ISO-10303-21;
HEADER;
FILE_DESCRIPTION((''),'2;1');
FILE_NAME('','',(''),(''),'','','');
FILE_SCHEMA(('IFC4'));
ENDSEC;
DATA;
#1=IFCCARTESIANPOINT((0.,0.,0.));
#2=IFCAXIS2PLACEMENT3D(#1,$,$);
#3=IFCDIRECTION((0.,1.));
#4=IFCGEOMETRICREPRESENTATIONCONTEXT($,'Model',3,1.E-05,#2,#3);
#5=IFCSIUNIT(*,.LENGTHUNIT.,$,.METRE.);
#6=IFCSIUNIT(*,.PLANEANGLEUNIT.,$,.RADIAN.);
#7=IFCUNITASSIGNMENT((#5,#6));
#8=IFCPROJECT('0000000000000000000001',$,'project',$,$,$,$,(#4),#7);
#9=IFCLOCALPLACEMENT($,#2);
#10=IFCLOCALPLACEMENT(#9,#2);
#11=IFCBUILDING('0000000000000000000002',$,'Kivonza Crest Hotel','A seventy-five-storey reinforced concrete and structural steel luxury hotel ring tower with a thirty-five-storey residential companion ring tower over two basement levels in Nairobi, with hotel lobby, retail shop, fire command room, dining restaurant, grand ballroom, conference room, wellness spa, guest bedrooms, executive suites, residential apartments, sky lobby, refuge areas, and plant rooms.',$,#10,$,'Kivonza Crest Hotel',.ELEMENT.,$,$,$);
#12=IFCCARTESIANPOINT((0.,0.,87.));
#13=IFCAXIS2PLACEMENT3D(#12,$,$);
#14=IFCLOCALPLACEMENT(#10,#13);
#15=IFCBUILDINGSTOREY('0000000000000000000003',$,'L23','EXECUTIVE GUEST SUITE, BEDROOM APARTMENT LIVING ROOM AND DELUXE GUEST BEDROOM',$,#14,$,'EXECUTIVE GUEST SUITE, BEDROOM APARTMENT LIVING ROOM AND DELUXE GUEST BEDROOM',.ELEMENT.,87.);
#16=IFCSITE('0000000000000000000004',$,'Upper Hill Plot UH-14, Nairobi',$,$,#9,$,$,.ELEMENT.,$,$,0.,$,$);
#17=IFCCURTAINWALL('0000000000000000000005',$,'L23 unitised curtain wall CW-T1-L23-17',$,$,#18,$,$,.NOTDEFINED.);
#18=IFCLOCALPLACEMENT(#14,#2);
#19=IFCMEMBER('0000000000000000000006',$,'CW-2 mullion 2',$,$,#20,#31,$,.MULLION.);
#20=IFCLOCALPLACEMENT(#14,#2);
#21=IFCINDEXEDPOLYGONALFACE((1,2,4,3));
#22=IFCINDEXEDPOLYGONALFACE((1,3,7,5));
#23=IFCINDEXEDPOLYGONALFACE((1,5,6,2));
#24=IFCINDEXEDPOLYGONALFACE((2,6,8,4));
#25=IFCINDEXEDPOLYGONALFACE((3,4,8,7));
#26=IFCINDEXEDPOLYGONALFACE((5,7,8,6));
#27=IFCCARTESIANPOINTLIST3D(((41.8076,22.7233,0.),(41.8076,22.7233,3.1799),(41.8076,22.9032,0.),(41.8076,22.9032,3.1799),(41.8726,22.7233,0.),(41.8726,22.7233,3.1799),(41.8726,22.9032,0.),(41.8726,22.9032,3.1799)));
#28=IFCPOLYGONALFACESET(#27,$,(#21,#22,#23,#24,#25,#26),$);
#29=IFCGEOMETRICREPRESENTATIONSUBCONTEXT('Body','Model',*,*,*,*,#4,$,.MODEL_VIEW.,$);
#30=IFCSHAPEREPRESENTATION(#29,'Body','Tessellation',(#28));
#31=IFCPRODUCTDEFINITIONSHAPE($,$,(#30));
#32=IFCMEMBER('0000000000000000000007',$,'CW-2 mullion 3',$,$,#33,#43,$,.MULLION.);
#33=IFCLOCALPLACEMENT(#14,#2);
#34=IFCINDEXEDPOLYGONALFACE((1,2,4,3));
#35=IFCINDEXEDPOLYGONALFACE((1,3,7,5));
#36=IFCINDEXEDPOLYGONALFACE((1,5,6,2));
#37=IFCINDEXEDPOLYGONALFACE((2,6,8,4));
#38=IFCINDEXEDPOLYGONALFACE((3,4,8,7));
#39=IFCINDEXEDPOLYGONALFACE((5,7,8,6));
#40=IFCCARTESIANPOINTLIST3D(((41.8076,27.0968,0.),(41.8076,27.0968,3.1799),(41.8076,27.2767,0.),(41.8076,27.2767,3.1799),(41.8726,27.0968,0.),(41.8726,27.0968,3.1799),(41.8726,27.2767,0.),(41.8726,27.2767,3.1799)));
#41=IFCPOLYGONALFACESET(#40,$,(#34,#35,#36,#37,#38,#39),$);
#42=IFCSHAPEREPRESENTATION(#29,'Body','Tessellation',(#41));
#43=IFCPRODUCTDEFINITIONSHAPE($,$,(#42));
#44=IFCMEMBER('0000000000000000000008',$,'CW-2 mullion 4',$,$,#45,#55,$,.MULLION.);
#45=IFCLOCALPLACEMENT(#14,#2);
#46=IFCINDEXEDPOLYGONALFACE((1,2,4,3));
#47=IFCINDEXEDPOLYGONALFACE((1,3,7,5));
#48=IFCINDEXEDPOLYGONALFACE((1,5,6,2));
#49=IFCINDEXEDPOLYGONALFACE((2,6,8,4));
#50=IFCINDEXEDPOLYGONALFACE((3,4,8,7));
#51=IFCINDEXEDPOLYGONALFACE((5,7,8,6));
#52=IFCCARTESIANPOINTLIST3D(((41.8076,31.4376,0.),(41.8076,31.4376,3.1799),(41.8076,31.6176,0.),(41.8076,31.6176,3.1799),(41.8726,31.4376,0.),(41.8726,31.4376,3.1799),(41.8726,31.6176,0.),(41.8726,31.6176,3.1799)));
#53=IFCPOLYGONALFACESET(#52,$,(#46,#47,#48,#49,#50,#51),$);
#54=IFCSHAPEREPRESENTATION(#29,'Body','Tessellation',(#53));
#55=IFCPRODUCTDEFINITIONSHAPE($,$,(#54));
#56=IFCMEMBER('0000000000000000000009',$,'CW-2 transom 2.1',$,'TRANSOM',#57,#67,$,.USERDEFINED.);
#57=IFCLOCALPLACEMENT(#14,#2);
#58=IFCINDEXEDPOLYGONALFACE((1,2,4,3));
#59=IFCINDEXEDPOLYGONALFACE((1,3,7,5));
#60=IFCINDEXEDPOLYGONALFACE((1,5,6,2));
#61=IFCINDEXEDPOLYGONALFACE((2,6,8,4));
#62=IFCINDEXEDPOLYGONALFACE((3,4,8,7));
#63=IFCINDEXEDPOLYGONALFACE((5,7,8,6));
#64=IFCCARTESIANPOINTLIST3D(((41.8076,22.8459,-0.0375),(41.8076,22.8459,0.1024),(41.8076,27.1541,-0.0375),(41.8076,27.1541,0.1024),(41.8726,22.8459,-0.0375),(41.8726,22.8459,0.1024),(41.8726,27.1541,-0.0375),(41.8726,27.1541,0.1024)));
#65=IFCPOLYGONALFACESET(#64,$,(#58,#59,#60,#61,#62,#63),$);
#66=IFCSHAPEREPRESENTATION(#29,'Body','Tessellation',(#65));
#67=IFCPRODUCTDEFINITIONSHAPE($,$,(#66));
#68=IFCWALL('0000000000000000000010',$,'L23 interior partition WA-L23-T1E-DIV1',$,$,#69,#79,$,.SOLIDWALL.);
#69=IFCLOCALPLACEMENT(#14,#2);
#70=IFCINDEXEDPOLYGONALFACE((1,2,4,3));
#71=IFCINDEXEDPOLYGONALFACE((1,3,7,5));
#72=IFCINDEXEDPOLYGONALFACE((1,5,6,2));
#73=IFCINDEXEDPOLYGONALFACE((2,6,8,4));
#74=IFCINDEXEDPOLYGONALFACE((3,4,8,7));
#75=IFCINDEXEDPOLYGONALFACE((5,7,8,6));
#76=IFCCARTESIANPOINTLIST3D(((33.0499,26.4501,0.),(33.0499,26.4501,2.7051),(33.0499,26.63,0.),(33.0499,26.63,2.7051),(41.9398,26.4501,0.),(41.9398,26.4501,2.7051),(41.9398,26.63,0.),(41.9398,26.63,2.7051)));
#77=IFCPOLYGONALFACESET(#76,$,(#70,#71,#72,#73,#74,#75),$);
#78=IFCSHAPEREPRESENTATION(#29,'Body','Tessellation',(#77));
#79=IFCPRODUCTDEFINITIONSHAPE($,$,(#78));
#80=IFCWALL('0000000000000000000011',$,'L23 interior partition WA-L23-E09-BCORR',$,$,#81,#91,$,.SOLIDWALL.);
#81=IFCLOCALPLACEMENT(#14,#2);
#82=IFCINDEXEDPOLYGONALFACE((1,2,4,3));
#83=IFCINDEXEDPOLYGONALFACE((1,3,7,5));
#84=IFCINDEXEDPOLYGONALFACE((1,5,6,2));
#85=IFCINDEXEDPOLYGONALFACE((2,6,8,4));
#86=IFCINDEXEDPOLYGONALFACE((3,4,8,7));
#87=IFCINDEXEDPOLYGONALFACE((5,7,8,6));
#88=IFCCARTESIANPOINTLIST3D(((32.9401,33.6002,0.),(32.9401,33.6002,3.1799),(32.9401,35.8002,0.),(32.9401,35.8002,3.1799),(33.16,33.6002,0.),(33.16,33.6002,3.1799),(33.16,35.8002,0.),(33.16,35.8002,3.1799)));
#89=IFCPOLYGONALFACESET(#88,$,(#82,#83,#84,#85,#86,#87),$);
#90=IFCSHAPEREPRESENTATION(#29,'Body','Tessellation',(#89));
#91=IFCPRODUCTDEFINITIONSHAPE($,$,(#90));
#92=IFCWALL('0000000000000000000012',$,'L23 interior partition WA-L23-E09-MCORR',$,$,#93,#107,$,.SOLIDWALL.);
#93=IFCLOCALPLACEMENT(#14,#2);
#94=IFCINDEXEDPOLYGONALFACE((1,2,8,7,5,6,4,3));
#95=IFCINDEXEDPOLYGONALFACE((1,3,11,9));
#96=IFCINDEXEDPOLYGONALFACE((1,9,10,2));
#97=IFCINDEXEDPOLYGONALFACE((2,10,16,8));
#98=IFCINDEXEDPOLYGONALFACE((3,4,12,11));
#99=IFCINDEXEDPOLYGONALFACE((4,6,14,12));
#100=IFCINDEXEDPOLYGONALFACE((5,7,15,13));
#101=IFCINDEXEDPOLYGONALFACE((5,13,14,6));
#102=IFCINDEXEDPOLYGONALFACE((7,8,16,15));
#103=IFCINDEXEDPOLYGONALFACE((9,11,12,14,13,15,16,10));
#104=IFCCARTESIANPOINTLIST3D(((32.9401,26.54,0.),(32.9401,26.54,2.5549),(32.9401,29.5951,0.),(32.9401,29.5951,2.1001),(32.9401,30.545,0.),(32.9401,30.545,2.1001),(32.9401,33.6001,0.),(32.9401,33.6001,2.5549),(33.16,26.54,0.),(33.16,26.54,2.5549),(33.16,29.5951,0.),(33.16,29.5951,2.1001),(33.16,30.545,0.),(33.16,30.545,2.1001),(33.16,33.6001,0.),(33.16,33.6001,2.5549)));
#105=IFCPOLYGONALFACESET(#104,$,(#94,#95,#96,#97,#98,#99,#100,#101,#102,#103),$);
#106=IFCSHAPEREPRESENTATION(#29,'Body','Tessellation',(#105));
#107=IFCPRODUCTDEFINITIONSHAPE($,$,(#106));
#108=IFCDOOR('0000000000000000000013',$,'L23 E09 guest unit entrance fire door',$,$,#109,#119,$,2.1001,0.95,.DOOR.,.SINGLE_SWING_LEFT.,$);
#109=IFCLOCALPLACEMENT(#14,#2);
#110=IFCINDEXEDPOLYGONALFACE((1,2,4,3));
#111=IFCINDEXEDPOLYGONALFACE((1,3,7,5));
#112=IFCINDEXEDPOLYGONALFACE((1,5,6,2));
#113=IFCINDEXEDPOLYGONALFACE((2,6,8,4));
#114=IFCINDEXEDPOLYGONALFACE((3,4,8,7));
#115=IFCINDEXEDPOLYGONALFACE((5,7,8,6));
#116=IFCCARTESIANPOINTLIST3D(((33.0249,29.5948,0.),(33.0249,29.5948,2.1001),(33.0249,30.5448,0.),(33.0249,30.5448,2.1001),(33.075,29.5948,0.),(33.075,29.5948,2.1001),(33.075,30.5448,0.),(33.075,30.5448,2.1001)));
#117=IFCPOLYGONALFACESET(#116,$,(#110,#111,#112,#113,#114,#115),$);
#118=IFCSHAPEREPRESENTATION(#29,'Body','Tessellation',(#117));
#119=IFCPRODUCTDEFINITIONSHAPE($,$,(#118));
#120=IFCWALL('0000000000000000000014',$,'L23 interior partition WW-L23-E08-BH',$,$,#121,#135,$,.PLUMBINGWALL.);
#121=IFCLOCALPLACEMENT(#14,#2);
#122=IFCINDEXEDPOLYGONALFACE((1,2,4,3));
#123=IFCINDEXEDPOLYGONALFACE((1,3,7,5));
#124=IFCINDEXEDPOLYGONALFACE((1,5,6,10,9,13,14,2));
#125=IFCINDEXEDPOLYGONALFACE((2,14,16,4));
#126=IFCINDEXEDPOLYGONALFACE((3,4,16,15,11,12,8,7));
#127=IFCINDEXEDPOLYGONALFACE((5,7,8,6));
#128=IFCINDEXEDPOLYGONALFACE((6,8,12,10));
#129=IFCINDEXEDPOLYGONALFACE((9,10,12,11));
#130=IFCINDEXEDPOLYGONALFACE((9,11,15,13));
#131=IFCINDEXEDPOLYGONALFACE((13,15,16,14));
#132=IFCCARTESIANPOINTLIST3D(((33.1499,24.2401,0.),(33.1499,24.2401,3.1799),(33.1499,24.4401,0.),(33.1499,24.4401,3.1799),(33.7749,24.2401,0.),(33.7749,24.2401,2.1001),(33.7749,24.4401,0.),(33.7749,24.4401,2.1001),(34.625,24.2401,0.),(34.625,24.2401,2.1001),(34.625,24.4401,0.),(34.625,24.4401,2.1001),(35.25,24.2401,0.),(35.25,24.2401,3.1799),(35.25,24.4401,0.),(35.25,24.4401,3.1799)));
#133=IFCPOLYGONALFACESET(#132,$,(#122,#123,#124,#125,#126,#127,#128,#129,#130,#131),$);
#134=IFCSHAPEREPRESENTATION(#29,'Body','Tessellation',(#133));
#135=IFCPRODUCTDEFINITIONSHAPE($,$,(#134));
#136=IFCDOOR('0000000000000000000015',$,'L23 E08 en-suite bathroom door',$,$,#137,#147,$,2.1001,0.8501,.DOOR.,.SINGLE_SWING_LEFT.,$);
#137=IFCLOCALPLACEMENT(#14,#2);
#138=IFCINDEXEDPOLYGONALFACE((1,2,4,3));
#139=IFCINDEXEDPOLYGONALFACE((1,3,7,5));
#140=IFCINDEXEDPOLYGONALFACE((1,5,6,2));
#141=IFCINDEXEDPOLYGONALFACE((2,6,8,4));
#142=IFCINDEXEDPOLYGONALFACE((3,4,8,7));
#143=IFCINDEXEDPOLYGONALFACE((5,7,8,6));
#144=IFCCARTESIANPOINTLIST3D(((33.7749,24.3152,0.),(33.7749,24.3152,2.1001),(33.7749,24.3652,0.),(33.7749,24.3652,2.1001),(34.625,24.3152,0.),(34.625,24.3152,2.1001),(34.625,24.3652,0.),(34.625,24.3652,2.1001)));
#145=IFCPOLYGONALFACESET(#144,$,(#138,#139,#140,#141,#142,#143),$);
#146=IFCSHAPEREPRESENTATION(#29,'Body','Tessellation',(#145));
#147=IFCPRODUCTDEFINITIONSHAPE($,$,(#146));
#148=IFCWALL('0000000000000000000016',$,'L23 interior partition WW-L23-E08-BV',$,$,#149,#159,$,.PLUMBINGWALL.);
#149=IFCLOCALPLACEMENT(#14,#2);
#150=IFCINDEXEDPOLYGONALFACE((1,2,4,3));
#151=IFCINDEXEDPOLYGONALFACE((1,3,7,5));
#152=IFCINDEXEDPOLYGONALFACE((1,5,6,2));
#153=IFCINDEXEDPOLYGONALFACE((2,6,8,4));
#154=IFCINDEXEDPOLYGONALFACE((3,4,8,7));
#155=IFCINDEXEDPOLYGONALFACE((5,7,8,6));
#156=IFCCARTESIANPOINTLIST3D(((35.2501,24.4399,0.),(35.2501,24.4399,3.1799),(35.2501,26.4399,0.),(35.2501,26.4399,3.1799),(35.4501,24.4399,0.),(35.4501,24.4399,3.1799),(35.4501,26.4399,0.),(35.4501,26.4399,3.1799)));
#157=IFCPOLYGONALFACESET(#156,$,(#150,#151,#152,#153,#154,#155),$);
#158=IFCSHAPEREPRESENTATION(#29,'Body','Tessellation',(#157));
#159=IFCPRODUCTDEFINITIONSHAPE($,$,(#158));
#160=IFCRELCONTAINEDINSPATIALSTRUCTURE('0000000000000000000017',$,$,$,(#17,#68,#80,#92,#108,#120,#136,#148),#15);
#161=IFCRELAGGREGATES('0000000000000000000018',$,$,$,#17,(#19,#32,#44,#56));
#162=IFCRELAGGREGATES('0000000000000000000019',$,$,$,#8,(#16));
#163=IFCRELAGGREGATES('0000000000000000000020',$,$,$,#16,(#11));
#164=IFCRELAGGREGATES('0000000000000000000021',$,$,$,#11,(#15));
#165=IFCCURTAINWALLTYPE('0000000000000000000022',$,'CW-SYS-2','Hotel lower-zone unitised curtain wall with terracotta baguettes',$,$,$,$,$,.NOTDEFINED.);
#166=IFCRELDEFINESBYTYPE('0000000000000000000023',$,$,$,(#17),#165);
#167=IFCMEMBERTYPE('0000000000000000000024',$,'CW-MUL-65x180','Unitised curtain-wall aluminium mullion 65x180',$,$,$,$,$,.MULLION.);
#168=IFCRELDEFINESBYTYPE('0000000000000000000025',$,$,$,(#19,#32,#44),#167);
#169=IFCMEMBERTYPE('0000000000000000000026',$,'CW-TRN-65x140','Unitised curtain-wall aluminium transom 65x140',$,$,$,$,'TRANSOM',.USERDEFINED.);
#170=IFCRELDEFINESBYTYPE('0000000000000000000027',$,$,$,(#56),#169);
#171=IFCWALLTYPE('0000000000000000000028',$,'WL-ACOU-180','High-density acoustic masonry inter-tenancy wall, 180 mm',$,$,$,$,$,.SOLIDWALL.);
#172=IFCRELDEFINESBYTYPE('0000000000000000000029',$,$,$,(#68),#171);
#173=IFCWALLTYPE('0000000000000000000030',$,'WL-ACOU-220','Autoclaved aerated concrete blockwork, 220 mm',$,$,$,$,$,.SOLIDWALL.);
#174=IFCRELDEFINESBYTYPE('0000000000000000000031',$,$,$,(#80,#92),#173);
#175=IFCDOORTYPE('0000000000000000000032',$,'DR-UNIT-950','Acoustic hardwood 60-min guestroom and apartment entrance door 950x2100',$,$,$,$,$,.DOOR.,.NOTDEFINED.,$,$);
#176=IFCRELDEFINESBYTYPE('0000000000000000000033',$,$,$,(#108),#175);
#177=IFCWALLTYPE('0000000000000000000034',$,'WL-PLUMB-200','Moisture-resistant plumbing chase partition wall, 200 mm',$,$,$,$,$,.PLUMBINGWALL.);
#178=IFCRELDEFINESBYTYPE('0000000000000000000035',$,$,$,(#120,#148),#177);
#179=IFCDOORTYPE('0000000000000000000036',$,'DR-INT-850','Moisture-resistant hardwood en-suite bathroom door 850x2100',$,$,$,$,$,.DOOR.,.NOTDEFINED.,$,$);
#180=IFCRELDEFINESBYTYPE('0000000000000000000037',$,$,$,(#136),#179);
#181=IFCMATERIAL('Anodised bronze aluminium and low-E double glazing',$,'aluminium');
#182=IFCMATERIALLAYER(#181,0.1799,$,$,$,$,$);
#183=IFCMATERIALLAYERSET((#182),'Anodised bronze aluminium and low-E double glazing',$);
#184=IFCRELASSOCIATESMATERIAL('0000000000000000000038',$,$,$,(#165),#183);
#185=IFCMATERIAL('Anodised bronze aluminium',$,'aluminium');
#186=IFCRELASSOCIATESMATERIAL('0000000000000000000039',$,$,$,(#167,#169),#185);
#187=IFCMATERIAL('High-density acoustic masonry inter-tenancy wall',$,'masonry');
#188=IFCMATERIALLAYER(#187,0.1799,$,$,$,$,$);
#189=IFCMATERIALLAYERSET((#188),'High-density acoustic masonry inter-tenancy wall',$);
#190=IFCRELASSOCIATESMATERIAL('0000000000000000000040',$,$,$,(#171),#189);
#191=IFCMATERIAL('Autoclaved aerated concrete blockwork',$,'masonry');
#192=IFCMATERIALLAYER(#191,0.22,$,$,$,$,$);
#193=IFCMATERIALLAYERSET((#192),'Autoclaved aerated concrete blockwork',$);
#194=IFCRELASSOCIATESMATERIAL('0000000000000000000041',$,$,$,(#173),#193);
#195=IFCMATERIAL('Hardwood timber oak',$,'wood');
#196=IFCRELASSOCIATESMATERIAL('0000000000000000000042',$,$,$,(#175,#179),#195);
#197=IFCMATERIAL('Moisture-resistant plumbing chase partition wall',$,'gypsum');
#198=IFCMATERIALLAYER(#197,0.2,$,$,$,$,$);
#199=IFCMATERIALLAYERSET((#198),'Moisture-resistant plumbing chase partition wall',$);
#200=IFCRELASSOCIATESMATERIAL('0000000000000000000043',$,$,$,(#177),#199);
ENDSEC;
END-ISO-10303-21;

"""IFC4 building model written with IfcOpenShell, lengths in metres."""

from ifc_helpers import new_model, si_unit, direction, frame, frame_2d, origin, origin_2d, place, context, subcontext, project, spatial, rectangle, extrude, material, layer, layer_set, material_profile, profile_set, type_object, element, fill, aggregate, save


model = new_model("IFC4")

# Units and contexts
model_context = context("Model", 3, precision=1e-05, world=origin(), true_north=direction((0.0, 1.0)))
body_context = subcontext(model_context, "Body", "Model", "MODEL_VIEW")
ifc_project = project(units=[si_unit("LENGTHUNIT", "METRE"), si_unit("PLANEANGLEUNIT", "RADIAN")], contexts=[model_context])

# Site, building, storey
site_placement = place(None, origin())
site = spatial("IfcSite", under=ifc_project, at=site_placement, Name="Upper Hill Plot UH-14, Nairobi", CompositionType="ELEMENT", RefElevation=0.0)
building_placement = place(site_placement, origin())
building = spatial("IfcBuilding", under=site, at=building_placement, Name="Kivonza Crest Hotel", Description="A seventy-five-storey reinforced concrete and structural steel luxury hotel ring tower with a thirty-five-storey residential companion ring tower over two basement levels in Nairobi, with hotel lobby, retail shop, fire command room, dining restaurant, grand ballroom, conference room, wellness spa, guest bedrooms, executive suites, residential apartments, sky lobby, refuge areas, and plant rooms.", LongName="Kivonza Crest Hotel", CompositionType="ELEMENT")
storey_placement = place(building_placement, frame((0.0, 0.0, 87.0)))
storey = spatial("IfcBuildingStorey", under=building, at=storey_placement, Name="L23", Description="EXECUTIVE GUEST SUITE, BEDROOM APARTMENT LIVING ROOM AND DELUXE GUEST BEDROOM", LongName="EXECUTIVE GUEST SUITE, BEDROOM APARTMENT LIVING ROOM AND DELUXE GUEST BEDROOM", CompositionType="ELEMENT", Elevation=87.0)

# Curtain wall, members
ifc_material_1 = material(Name="Anodised bronze aluminium and low-E double glazing", Category="aluminium")
ifc_layer_1 = layer(ifc_material_1, 0.1799)
ifc_layer_set_1 = layer_set([ifc_layer_1], Name="Anodised bronze aluminium and low-E double glazing")
curtain_wall_type = type_object("IfcCurtainWallType", Name="CW-SYS-2", Description="Hotel lower-zone unitised curtain wall with terracotta baguettes", PredefinedType="NOTDEFINED", material=ifc_layer_set_1)
curtain_wall_placement = place(storey_placement, origin())
curtain_wall = element("IfcCurtainWall", 1, at=curtain_wall_placement, inside=storey, type_object=curtain_wall_type, Name="L23 unitised curtain wall CW-T1-L23-17", PredefinedType="NOTDEFINED")
ifc_material_2 = material(Name="Anodised bronze aluminium", Category="aluminium")
ifc_material_profile_1 = material_profile(ifc_material_2, rectangle(XDim=0.0649, YDim=0.1799, at=origin_2d()), Name="CW-M 65x180")
ifc_profile_set_1 = profile_set([ifc_material_profile_1], Name="Anodised bronze aluminium")
member_type_1 = type_object("IfcMemberType", Name="CW-MUL-65x180", Description="Unitised curtain-wall aluminium mullion 65x180", PredefinedType="MULLION", material=ifc_profile_set_1)
member_1_placement = place(storey_placement, frame((41.8401, 22.8132, 0.0), z_axis=(0.0, 0.0, 1.0), x_axis=(-1.0, 0.0, 0.0)))
member_1 = element("IfcMember", 2, at=member_1_placement, type_object=member_type_1, Name="CW-2 mullion 2", PredefinedType="MULLION", context=body_context, shape_type="SweptSolid", body=[
    extrude(rectangle(XDim=0.0649, YDim=0.1799, at=origin_2d()), origin(), (0.0, 0.0, 1.0), 3.1799),
])
member_2_placement = place(storey_placement, frame((41.8401, 27.1868, 0.0), z_axis=(0.0, 0.0, 1.0), x_axis=(-1.0, 0.0, 0.0)))
member_2 = element("IfcMember", 3, at=member_2_placement, type_object=member_type_1, Name="CW-2 mullion 3", PredefinedType="MULLION", context=body_context, shape_type="SweptSolid", body=[
    extrude(rectangle(XDim=0.0649, YDim=0.1799, at=origin_2d()), origin(), (0.0, 0.0, 1.0), 3.1799),
])
member_3_placement = place(storey_placement, frame((41.8401, 31.5276, 0.0), z_axis=(0.0, 0.0, 1.0), x_axis=(-1.0, 0.0, 0.0)))
member_3 = element("IfcMember", 4, at=member_3_placement, type_object=member_type_1, Name="CW-2 mullion 4", PredefinedType="MULLION", context=body_context, shape_type="SweptSolid", body=[
    extrude(rectangle(XDim=0.0649, YDim=0.1799, at=origin_2d()), origin(), (0.0, 0.0, 1.0), 3.1799),
])
ifc_material_profile_2 = material_profile(ifc_material_2, rectangle(XDim=0.0649, YDim=0.1399, at=origin_2d()), Name="CW-T 65x140")
ifc_profile_set_2 = profile_set([ifc_material_profile_2], Name="Anodised bronze aluminium")
member_type_2 = type_object("IfcMemberType", Name="CW-TRN-65x140", Description="Unitised curtain-wall aluminium transom 65x140", ElementType="TRANSOM", PredefinedType="USERDEFINED", material=ifc_profile_set_2)
member_4_placement = place(storey_placement, frame((41.8401, 22.8459, 0.0325), z_axis=(0.0, 1.0, 0.0), x_axis=(-1.0, 0.0, 0.0)))
member_4 = element("IfcMember", 5, at=member_4_placement, type_object=member_type_2, Name="CW-2 transom 2.1", ObjectType="TRANSOM", PredefinedType="USERDEFINED", context=body_context, shape_type="SweptSolid", body=[
    extrude(rectangle(XDim=0.0649, YDim=0.1399, at=origin_2d()), origin(), (0.0, 0.0, 1.0), 4.3081),
])
aggregate(curtain_wall, [member_1, member_2, member_3, member_4])

# Walls
ifc_material_3 = material(Name="High-density acoustic masonry inter-tenancy wall", Category="masonry")
ifc_layer_2 = layer(ifc_material_3, 0.1799)
ifc_layer_set_2 = layer_set([ifc_layer_2], Name="High-density acoustic masonry inter-tenancy wall")
wall_type_1 = type_object("IfcWallType", Name="WL-ACOU-180", Description="High-density acoustic masonry inter-tenancy wall, 180 mm", PredefinedType="SOLIDWALL", material=ifc_layer_set_2)
wall_1_placement = place(storey_placement, frame((33.05, 26.54, 0.0), z_axis=(0.0, 0.0, 1.0), x_axis=(1.0, 0.0, 0.0)))
element("IfcWall", 6, at=wall_1_placement, inside=storey, type_object=wall_type_1, Name="L23 interior partition WA-L23-T1E-DIV1", PredefinedType="SOLIDWALL", context=body_context, shape_type="SweptSolid", body=[
    extrude(rectangle(XDim=8.8899, YDim=0.1799, at=frame_2d((4.4448, 0.0))), origin(), (0.0, 0.0, 1.0), 2.7051),
])
ifc_material_4 = material(Name="Autoclaved aerated concrete blockwork", Category="masonry")
ifc_layer_3 = layer(ifc_material_4, 0.22)
ifc_layer_set_3 = layer_set([ifc_layer_3], Name="Autoclaved aerated concrete blockwork")
wall_type_2 = type_object("IfcWallType", Name="WL-ACOU-220", Description="Autoclaved aerated concrete blockwork, 220 mm", PredefinedType="SOLIDWALL", material=ifc_layer_set_3)
wall_2_placement = place(storey_placement, frame((33.05, 33.6001, 0.0), z_axis=(0.0, 0.0, 1.0), x_axis=(0.0, 1.0, 0.0)))
element("IfcWall", 7, at=wall_2_placement, inside=storey, type_object=wall_type_2, Name="L23 interior partition WA-L23-E09-BCORR", PredefinedType="SOLIDWALL", context=body_context, shape_type="SweptSolid", body=[
    extrude(rectangle(XDim=2.2, YDim=0.22, at=frame_2d((1.1001, 0.0))), origin(), (0.0, 0.0, 1.0), 3.1799),
])

# Walls, openings, doors
wall_3_placement = place(storey_placement, frame((33.05, 26.54, 0.0), z_axis=(0.0, 0.0, 1.0), x_axis=(0.0, 1.0, 0.0)))
wall_3 = element("IfcWall", 8, at=wall_3_placement, inside=storey, type_object=wall_type_2, Name="L23 interior partition WA-L23-E09-MCORR", PredefinedType="SOLIDWALL", context=body_context, shape_type="SweptSolid", body=[
    extrude(rectangle(XDim=7.0601, YDim=0.22, at=frame_2d((3.53, 0.0))), origin(), (0.0, 0.0, 1.0), 2.5549),
])
opening_1_placement = place(wall_3_placement, frame((3.0549, 0.0, 0.0)))
opening_1 = element("IfcOpeningElement", 9, at=opening_1_placement, cuts=wall_3, PredefinedType="OPENING", context=body_context, shape_type="SweptSolid", body=[
    extrude(rectangle(XDim=0.95, YDim=2.1001, at=frame_2d((0.4751, 1.05))), frame((0.0, 0.1201, 0.0), z_axis=(0.0, -1.0, 0.0), x_axis=(1.0, 0.0, 0.0)), (0.0, 0.0, 1.0), 0.24),
])
ifc_material_5 = material(Name="Hardwood timber oak", Category="wood")
door_type_1 = type_object("IfcDoorType", Name="DR-UNIT-950", Description="Acoustic hardwood 60-min guestroom and apartment entrance door 950x2100", OperationType="NOTDEFINED", PredefinedType="DOOR", material=ifc_material_5)
door_1_placement = place(opening_1_placement, frame((0.95, 0.0, 0.0), z_axis=(0.0, 0.0, 1.0), x_axis=(-1.0, 0.0, 0.0)))
door_1 = element("IfcDoor", 10, at=door_1_placement, inside=storey, type_object=door_type_1, Name="L23 E09 guest unit entrance fire door", OperationType="SINGLE_SWING_LEFT", OverallHeight=2.1001, OverallWidth=0.95, PredefinedType="DOOR", context=body_context, shape_type="SweptSolid", body=[
    extrude(rectangle(XDim=0.95, YDim=2.1001, at=frame_2d((0.4751, 1.05))), frame((0.0, 0.0249, 0.0), z_axis=(0.0, -1.0, 0.0), x_axis=(1.0, 0.0, 0.0)), (0.0, 0.0, 1.0), 0.05),
])
fill(opening_1, door_1)
ifc_material_6 = material(Name="Moisture-resistant plumbing chase partition wall", Category="gypsum")
ifc_layer_4 = layer(ifc_material_6, 0.2)
ifc_layer_set_4 = layer_set([ifc_layer_4], Name="Moisture-resistant plumbing chase partition wall")
wall_type_3 = type_object("IfcWallType", Name="WL-PLUMB-200", Description="Moisture-resistant plumbing chase partition wall, 200 mm", PredefinedType="PLUMBINGWALL", material=ifc_layer_set_4)
wall_4_placement = place(storey_placement, frame((33.1499, 24.3401, 0.0), z_axis=(0.0, 0.0, 1.0), x_axis=(1.0, 0.0, 0.0)))
wall_4 = element("IfcWall", 11, at=wall_4_placement, inside=storey, type_object=wall_type_3, Name="L23 interior partition WW-L23-E08-BH", PredefinedType="PLUMBINGWALL", context=body_context, shape_type="SweptSolid", body=[
    extrude(rectangle(XDim=2.1001, YDim=0.2, at=frame_2d((1.05, 0.0))), origin(), (0.0, 0.0, 1.0), 3.1799),
])
opening_2_placement = place(wall_4_placement, frame((0.625, 0.0, 0.0)))
opening_2 = element("IfcOpeningElement", 12, at=opening_2_placement, cuts=wall_4, PredefinedType="OPENING", context=body_context, shape_type="SweptSolid", body=[
    extrude(rectangle(XDim=0.8501, YDim=2.1001, at=frame_2d((0.425, 1.05))), frame((0.0, 0.1099, 0.0), z_axis=(0.0, -1.0, 0.0), x_axis=(1.0, 0.0, 0.0)), (0.0, 0.0, 1.0), 0.22),
])
door_type_2 = type_object("IfcDoorType", Name="DR-INT-850", Description="Moisture-resistant hardwood en-suite bathroom door 850x2100", OperationType="NOTDEFINED", PredefinedType="DOOR", material=ifc_material_5)
door_2_placement = place(opening_2_placement, frame((0.8501, 0.0, 0.0), z_axis=(0.0, 0.0, 1.0), x_axis=(-1.0, 0.0, 0.0)))
door_2 = element("IfcDoor", 13, at=door_2_placement, inside=storey, type_object=door_type_2, Name="L23 E08 en-suite bathroom door", OperationType="SINGLE_SWING_LEFT", OverallHeight=2.1001, OverallWidth=0.8501, PredefinedType="DOOR", context=body_context, shape_type="SweptSolid", body=[
    extrude(rectangle(XDim=0.8501, YDim=2.1001, at=frame_2d((0.425, 1.05))), frame((0.0, 0.0249, 0.0), z_axis=(0.0, -1.0, 0.0), x_axis=(1.0, 0.0, 0.0)), (0.0, 0.0, 1.0), 0.05),
])
fill(opening_2, door_2)

# Wall
wall_5_placement = place(storey_placement, frame((35.3501, 24.4399, 0.0), z_axis=(0.0, 0.0, 1.0), x_axis=(0.0, 1.0, 0.0)))
element("IfcWall", 14, at=wall_5_placement, inside=storey, type_object=wall_type_3, Name="L23 interior partition WW-L23-E08-BV", PredefinedType="PLUMBINGWALL", context=body_context, shape_type="SweptSolid", body=[
    extrude(rectangle(XDim=2.0, YDim=0.2, at=frame_2d((1.0, 0.0))), origin(), (0.0, 0.0, 1.0), 3.1799),
])

save(model, "model.ifc")
